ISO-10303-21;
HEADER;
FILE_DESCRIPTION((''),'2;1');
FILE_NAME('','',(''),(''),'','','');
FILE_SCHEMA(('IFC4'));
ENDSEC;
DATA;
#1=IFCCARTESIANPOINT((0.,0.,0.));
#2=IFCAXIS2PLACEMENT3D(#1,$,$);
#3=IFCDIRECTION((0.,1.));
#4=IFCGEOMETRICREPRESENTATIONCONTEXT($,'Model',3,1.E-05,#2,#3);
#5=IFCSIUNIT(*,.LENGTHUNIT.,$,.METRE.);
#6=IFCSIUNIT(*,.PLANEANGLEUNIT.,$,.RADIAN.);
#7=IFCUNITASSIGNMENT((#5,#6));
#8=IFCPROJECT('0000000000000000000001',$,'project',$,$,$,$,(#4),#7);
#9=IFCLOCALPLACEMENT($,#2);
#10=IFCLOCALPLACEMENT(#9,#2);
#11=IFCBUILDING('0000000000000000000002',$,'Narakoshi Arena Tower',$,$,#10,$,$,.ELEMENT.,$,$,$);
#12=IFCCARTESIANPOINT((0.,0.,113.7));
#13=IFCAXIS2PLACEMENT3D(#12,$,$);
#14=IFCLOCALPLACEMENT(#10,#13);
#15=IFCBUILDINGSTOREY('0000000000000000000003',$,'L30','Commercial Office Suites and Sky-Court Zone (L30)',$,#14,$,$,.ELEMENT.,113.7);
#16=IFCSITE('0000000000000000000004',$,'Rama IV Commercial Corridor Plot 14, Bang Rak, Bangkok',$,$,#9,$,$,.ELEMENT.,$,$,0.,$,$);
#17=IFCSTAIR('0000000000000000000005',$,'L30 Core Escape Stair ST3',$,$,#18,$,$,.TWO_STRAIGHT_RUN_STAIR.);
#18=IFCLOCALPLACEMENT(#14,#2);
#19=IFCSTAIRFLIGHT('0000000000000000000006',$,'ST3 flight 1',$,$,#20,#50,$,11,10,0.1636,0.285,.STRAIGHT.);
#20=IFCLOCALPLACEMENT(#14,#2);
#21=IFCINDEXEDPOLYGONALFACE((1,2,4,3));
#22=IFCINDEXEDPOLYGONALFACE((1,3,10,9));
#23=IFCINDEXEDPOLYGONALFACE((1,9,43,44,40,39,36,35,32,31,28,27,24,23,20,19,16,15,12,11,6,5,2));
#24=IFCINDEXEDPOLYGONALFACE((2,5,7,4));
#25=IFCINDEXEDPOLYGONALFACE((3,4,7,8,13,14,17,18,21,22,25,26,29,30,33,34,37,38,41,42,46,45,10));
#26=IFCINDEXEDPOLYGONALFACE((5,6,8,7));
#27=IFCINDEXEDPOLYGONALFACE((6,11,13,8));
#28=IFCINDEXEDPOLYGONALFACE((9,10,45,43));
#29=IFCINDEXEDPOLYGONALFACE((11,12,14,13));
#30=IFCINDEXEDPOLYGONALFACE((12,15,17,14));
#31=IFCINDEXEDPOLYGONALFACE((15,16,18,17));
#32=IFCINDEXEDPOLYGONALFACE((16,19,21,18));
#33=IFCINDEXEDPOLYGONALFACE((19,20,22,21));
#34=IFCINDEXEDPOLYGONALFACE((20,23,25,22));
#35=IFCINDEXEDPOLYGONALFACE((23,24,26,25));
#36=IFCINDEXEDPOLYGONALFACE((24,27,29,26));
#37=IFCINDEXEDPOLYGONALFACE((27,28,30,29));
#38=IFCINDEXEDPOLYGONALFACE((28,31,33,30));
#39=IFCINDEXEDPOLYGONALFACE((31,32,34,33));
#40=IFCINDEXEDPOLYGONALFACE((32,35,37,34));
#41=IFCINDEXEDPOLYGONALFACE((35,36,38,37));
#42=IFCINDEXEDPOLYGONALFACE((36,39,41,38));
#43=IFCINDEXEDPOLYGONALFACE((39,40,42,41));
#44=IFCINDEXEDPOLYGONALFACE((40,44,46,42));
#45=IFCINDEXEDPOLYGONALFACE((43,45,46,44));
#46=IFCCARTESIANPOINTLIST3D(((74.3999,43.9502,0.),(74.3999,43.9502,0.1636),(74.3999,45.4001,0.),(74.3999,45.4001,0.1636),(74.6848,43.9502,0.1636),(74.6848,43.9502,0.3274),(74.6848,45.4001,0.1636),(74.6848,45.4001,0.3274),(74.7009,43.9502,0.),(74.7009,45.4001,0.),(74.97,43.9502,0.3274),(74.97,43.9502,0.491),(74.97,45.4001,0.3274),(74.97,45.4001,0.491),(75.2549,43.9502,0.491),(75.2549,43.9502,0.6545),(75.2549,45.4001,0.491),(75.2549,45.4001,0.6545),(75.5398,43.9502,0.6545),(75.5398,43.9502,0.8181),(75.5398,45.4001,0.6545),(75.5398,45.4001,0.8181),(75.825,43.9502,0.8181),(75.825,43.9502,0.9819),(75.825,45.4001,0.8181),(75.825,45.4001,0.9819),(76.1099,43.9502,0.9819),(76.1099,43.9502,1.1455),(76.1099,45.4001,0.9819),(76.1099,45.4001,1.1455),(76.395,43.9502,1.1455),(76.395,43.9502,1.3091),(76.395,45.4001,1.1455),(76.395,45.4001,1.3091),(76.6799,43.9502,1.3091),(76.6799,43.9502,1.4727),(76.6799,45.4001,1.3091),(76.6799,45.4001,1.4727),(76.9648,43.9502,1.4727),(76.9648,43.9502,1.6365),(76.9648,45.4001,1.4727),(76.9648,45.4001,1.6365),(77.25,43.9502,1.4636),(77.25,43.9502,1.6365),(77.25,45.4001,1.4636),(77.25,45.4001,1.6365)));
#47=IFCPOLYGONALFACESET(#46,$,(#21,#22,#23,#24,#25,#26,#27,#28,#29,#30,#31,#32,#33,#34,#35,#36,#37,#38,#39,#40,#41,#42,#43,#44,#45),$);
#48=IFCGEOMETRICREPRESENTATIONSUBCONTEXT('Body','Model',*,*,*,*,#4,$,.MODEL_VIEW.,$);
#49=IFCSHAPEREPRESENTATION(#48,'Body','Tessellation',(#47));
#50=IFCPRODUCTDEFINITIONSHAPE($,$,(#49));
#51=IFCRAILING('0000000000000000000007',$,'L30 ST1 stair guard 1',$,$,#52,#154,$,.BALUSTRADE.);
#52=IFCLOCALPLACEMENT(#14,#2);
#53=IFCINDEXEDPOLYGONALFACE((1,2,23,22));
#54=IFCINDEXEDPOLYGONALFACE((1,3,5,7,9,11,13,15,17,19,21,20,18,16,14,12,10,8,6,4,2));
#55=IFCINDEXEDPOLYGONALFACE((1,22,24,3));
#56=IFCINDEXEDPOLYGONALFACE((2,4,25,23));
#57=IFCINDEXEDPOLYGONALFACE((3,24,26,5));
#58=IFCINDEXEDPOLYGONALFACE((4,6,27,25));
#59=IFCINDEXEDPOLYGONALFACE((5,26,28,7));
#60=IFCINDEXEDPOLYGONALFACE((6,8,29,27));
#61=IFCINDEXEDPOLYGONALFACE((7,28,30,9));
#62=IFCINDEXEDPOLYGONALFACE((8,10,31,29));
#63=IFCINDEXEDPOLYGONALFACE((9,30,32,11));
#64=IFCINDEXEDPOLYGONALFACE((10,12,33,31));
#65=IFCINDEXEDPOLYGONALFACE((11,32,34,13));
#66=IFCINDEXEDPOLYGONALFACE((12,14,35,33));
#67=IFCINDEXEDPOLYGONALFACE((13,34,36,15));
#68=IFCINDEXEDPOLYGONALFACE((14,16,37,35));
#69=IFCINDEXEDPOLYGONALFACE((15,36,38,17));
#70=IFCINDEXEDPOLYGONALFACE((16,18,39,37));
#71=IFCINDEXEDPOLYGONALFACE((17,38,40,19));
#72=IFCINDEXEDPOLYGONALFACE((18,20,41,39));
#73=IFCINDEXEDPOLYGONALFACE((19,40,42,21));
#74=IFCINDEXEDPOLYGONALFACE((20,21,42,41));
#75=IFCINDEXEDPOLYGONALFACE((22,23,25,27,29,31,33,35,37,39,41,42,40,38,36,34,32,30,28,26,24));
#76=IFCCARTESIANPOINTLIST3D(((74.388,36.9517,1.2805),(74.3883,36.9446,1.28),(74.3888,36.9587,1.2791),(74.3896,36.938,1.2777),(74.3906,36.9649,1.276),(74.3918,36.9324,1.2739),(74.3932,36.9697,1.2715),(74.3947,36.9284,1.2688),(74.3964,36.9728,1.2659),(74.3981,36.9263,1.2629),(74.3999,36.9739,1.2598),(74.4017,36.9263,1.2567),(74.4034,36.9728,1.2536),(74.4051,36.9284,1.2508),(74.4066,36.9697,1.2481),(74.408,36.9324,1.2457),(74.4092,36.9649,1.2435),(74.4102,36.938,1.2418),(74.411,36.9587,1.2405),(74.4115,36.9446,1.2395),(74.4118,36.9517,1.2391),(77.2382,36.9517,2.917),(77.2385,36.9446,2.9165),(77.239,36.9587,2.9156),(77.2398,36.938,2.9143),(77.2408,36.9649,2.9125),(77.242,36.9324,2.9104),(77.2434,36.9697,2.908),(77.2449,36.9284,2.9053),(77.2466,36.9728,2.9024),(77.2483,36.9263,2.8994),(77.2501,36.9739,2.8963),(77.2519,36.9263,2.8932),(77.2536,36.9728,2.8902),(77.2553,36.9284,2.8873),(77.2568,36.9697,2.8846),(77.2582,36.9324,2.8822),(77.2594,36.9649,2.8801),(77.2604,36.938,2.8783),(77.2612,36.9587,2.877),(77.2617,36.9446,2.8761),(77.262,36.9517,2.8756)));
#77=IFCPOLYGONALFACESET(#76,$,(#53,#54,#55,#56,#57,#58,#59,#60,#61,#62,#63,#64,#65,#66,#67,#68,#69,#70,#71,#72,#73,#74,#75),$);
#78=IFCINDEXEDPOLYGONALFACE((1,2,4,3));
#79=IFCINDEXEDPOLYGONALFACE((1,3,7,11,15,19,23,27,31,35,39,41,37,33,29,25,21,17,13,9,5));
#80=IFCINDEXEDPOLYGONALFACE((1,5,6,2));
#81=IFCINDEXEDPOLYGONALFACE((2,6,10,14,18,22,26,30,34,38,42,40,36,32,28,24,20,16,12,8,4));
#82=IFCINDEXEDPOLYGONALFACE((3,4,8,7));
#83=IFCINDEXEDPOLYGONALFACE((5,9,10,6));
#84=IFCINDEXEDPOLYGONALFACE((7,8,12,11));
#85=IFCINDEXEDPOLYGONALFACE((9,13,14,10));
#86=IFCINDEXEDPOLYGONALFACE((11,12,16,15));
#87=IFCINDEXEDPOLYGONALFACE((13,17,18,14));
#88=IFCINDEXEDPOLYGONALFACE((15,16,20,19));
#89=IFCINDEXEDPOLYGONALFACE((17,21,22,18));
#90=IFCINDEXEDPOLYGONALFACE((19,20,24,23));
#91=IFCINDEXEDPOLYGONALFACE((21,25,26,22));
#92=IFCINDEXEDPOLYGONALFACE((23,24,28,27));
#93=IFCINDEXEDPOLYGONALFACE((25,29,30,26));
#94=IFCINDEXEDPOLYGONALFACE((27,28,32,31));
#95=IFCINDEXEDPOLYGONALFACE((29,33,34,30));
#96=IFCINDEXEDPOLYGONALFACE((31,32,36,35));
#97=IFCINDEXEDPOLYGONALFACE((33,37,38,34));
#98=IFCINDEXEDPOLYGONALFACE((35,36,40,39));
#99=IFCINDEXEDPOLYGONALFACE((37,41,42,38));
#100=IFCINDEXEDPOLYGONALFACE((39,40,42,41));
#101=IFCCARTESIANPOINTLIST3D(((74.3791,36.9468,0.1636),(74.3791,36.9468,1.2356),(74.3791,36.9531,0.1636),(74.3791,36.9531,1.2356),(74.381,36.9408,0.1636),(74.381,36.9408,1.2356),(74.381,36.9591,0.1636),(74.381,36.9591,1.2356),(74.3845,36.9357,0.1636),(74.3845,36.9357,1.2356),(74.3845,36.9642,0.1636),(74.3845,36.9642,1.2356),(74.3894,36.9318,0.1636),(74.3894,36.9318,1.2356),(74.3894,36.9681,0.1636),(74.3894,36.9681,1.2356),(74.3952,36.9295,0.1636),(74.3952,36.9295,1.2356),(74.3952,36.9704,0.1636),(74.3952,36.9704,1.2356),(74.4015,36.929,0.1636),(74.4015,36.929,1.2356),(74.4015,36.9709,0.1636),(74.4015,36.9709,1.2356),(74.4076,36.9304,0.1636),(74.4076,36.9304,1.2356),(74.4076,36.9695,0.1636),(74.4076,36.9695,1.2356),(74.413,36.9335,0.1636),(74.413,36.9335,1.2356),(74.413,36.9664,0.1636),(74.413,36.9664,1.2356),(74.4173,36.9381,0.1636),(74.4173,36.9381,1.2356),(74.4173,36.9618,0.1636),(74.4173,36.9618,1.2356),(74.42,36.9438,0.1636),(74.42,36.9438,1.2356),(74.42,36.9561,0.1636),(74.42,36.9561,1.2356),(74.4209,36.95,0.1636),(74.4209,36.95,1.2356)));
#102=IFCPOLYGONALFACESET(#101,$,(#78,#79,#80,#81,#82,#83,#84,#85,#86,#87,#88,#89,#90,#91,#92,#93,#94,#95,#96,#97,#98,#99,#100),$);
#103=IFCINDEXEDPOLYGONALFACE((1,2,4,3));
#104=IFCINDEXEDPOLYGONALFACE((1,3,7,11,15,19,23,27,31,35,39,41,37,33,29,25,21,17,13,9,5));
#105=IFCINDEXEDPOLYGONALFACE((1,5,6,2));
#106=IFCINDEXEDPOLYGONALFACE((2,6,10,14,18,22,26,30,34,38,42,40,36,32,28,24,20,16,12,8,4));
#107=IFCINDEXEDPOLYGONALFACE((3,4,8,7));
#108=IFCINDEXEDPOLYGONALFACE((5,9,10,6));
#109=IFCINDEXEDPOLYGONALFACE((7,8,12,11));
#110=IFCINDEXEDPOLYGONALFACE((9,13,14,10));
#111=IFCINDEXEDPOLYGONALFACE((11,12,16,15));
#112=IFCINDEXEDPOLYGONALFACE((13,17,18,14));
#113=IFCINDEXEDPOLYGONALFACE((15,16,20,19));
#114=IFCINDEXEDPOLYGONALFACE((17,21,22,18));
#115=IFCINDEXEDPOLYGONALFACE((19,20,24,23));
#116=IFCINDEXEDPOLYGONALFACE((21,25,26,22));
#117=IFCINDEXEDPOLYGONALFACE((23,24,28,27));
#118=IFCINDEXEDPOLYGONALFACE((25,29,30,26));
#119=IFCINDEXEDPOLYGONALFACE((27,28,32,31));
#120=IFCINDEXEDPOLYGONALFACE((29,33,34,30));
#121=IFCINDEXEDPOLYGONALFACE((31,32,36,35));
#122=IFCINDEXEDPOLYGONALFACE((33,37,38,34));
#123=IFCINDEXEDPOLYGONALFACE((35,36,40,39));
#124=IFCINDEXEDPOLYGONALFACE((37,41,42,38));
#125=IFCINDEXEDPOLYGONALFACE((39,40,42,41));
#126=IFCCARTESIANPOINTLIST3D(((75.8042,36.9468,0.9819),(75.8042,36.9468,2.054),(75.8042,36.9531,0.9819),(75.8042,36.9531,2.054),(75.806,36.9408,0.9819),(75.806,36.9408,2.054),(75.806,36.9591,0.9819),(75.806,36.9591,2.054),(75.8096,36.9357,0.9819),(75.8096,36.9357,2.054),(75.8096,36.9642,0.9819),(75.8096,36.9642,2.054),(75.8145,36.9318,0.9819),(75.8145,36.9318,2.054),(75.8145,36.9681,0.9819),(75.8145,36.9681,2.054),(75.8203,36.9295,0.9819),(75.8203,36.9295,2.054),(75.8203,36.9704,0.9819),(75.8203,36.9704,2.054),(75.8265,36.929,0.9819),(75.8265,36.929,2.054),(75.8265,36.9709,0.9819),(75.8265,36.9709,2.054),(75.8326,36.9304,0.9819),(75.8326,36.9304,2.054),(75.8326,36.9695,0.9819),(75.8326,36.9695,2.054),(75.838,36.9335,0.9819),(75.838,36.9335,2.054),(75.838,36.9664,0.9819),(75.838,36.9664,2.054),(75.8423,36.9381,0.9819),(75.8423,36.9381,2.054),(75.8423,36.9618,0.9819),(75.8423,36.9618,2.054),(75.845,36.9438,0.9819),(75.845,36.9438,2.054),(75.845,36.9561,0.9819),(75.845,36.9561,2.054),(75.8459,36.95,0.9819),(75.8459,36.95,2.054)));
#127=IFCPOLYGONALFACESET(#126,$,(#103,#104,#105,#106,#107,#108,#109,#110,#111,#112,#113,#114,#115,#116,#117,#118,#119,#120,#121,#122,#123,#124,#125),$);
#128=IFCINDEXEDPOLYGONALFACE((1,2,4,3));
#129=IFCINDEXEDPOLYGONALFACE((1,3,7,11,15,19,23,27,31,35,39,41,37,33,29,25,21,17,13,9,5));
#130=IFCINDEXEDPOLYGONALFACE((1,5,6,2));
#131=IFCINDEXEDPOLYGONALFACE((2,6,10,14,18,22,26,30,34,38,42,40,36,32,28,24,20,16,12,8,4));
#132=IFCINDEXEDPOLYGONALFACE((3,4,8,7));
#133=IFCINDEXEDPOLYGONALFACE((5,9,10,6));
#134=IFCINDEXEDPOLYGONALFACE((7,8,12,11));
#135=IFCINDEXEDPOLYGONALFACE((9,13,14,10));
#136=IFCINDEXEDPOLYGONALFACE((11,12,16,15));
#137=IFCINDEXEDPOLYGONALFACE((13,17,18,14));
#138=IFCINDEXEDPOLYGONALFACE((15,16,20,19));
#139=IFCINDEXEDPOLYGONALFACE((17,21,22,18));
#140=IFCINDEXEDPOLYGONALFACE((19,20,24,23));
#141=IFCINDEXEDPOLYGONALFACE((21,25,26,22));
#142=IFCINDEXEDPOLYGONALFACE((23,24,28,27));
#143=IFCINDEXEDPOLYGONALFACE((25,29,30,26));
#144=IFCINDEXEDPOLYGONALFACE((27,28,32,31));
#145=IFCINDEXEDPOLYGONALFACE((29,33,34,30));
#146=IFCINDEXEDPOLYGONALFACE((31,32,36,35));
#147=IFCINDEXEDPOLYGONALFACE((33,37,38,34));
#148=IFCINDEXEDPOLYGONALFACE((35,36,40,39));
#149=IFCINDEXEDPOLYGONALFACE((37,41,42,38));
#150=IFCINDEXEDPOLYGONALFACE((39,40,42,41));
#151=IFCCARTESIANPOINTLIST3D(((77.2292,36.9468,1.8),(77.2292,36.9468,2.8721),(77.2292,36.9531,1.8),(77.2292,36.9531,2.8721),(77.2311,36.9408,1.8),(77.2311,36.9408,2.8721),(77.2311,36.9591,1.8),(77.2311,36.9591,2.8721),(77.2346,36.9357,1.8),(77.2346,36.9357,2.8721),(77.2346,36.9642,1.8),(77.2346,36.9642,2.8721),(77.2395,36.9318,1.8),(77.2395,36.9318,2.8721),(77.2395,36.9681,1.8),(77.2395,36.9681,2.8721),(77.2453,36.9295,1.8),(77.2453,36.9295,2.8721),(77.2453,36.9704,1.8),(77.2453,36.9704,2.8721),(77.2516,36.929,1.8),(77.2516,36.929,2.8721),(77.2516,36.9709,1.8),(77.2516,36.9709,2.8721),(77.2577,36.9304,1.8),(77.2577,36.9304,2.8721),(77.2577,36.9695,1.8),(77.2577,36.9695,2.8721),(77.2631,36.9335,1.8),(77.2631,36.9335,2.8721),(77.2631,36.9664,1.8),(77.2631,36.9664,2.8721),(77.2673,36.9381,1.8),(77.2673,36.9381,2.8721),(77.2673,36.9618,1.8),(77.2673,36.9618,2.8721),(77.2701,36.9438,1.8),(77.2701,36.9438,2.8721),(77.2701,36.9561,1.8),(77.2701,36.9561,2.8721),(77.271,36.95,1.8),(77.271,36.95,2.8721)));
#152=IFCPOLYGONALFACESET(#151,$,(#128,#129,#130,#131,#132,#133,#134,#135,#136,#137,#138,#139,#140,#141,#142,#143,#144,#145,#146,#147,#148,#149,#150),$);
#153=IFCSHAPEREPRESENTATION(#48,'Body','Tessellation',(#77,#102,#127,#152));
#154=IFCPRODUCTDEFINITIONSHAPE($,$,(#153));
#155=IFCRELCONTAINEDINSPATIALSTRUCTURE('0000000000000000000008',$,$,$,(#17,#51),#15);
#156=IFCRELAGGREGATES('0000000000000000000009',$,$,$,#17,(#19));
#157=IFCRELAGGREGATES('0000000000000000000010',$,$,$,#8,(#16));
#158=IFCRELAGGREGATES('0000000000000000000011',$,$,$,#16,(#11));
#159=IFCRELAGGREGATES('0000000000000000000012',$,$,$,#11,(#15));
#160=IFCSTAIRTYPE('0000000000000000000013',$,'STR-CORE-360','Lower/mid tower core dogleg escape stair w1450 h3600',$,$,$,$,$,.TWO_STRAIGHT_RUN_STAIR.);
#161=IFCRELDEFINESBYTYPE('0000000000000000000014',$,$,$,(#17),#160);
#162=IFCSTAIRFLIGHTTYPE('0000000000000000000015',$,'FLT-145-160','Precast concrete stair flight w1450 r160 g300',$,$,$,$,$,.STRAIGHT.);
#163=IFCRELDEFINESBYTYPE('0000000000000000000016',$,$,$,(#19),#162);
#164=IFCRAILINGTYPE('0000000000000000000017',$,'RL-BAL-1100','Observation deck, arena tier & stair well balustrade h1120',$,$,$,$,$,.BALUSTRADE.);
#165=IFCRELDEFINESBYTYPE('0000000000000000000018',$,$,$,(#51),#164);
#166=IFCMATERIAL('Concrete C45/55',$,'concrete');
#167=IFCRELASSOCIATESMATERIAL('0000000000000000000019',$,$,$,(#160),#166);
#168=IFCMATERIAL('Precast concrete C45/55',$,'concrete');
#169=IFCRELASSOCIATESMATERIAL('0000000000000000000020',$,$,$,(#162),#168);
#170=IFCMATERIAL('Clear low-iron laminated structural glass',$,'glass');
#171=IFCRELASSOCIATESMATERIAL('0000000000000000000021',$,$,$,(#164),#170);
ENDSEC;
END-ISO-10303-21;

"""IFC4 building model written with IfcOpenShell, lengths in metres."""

from ifc_helpers import new_model, si_unit, direction, frame, origin, origin_2d, place, context, subcontext, project, spatial, polyline, circle, outline, extrude, material, type_object, element, aggregate, save


model = new_model("IFC4")

# Units and contexts
model_context = context("Model", 3, precision=1e-05, world=origin(), true_north=direction((0.0, 1.0)))
body_context = subcontext(model_context, "Body", "Model", "MODEL_VIEW")
ifc_project = project(units=[si_unit("LENGTHUNIT", "METRE"), si_unit("PLANEANGLEUNIT", "RADIAN")], contexts=[model_context])

# Site, building, storey
site_placement = place(None, origin())
site = spatial("IfcSite", under=ifc_project, at=site_placement, Name="Rama IV Commercial Corridor Plot 14, Bang Rak, Bangkok", CompositionType="ELEMENT", RefElevation=0.0)
building_placement = place(site_placement, origin())
building = spatial("IfcBuilding", under=site, at=building_placement, Name="Narakoshi Arena Tower", CompositionType="ELEMENT")
storey_placement = place(building_placement, frame((0.0, 0.0, 113.7)))
storey = spatial("IfcBuildingStorey", under=building, at=storey_placement, Name="L30", Description="Commercial Office Suites and Sky-Court Zone (L30)", CompositionType="ELEMENT", Elevation=113.7)

# Shared definitions
ifc_material_1 = material(Name="Concrete C45/55", Category="concrete")
stair_type = type_object("IfcStairType", Name="STR-CORE-360", Description="Lower/mid tower core dogleg escape stair w1450 h3600", PredefinedType="TWO_STRAIGHT_RUN_STAIR", material=ifc_material_1)
ifc_material_2 = material(Name="Precast concrete C45/55", Category="concrete")
stair_flight_type = type_object("IfcStairFlightType", Name="FLT-145-160", Description="Precast concrete stair flight w1450 r160 g300", PredefinedType="STRAIGHT", material=ifc_material_2)

# Stair, stair flight
stair_1_placement = place(storey_placement, origin())
stair_1 = element("IfcStair", 1, at=stair_1_placement, inside=storey, type_object=stair_type, Name="L30 Core Escape Stair ST3", PredefinedType="TWO_STRAIGHT_RUN_STAIR")
stair_flight_1_placement = place(storey_placement, frame((74.3999, 44.675, 0.0), z_axis=(0.0, 0.0, 1.0), x_axis=(1.0, 0.0, 0.0)))
stair_flight_1 = element("IfcStairFlight", 2, at=stair_flight_1_placement, type_object=stair_flight_type, Name="ST3 flight 1", NumberOfRisers=11, NumberOfTreads=10, PredefinedType="STRAIGHT", RiserHeight=0.1636, TreadLength=0.285, context=body_context, shape_type="SweptSolid", body=[
    extrude(outline(polyline([(0.0, 0.0), (0.0, 0.1636), (0.2849, 0.1636), (0.2849, 0.3274), (0.5701, 0.3274), (0.5701, 0.491), (0.855, 0.491), (0.855, 0.6545), (1.1399, 0.6545), (1.1399, 0.8181), (1.425, 0.8181), (1.425, 0.9819), (1.71, 0.9819), (1.71, 1.1455), (1.9951, 1.1455), (1.9951, 1.3091), (2.28, 1.3091), (2.28, 1.4727), (2.5649, 1.4727), (2.5649, 1.6365), (2.8501, 1.6365), (2.8501, 1.8), (2.8501, 1.4636), (0.301, 0.0), (0.0, 0.0)])), frame((0.0, 0.7251, 0.0), z_axis=(0.0, -1.0, 0.0), x_axis=(1.0, 0.0, 0.0)), (0.0, 0.0, 1.0), 1.45),
])
aggregate(stair_1, [stair_flight_1])

# Railing
ifc_material_3 = material(Name="Clear low-iron laminated structural glass", Category="glass")
railing_type_1 = type_object("IfcRailingType", Name="RL-BAL-1100", Description="Observation deck, arena tier & stair well balustrade h1120", PredefinedType="BALUSTRADE", material=ifc_material_3)
railing_1_placement = place(storey_placement, frame((74.3999, 36.95, 0.1636)))
element("IfcRailing", 3, at=railing_1_placement, inside=storey, type_object=railing_type_1, Name="L30 ST1 stair guard 1", PredefinedType="BALUSTRADE", context=body_context, shape_type="SweptSolid", body=[
    extrude(circle(Radius=0.0239, at=origin_2d()), frame((0.0, 0.0, 1.0962), z_axis=(0.867213, 0.0, 0.497938), x_axis=(0.0, 1.0, 0.0)), (0.0, 0.0, 1.0), 3.2866),
    extrude(circle(Radius=0.021, at=origin_2d()), origin(), (0.0, 0.0, 1.0), 1.072),
    extrude(circle(Radius=0.021, at=origin_2d()), frame((1.425, 0.0, 0.8184)), (0.0, 0.0, 1.0), 1.072),
    extrude(circle(Radius=0.021, at=origin_2d()), frame((2.8501, 0.0, 1.6365)), (0.0, 0.0, 1.0), 1.072),
])

save(model, "model.ifc")
